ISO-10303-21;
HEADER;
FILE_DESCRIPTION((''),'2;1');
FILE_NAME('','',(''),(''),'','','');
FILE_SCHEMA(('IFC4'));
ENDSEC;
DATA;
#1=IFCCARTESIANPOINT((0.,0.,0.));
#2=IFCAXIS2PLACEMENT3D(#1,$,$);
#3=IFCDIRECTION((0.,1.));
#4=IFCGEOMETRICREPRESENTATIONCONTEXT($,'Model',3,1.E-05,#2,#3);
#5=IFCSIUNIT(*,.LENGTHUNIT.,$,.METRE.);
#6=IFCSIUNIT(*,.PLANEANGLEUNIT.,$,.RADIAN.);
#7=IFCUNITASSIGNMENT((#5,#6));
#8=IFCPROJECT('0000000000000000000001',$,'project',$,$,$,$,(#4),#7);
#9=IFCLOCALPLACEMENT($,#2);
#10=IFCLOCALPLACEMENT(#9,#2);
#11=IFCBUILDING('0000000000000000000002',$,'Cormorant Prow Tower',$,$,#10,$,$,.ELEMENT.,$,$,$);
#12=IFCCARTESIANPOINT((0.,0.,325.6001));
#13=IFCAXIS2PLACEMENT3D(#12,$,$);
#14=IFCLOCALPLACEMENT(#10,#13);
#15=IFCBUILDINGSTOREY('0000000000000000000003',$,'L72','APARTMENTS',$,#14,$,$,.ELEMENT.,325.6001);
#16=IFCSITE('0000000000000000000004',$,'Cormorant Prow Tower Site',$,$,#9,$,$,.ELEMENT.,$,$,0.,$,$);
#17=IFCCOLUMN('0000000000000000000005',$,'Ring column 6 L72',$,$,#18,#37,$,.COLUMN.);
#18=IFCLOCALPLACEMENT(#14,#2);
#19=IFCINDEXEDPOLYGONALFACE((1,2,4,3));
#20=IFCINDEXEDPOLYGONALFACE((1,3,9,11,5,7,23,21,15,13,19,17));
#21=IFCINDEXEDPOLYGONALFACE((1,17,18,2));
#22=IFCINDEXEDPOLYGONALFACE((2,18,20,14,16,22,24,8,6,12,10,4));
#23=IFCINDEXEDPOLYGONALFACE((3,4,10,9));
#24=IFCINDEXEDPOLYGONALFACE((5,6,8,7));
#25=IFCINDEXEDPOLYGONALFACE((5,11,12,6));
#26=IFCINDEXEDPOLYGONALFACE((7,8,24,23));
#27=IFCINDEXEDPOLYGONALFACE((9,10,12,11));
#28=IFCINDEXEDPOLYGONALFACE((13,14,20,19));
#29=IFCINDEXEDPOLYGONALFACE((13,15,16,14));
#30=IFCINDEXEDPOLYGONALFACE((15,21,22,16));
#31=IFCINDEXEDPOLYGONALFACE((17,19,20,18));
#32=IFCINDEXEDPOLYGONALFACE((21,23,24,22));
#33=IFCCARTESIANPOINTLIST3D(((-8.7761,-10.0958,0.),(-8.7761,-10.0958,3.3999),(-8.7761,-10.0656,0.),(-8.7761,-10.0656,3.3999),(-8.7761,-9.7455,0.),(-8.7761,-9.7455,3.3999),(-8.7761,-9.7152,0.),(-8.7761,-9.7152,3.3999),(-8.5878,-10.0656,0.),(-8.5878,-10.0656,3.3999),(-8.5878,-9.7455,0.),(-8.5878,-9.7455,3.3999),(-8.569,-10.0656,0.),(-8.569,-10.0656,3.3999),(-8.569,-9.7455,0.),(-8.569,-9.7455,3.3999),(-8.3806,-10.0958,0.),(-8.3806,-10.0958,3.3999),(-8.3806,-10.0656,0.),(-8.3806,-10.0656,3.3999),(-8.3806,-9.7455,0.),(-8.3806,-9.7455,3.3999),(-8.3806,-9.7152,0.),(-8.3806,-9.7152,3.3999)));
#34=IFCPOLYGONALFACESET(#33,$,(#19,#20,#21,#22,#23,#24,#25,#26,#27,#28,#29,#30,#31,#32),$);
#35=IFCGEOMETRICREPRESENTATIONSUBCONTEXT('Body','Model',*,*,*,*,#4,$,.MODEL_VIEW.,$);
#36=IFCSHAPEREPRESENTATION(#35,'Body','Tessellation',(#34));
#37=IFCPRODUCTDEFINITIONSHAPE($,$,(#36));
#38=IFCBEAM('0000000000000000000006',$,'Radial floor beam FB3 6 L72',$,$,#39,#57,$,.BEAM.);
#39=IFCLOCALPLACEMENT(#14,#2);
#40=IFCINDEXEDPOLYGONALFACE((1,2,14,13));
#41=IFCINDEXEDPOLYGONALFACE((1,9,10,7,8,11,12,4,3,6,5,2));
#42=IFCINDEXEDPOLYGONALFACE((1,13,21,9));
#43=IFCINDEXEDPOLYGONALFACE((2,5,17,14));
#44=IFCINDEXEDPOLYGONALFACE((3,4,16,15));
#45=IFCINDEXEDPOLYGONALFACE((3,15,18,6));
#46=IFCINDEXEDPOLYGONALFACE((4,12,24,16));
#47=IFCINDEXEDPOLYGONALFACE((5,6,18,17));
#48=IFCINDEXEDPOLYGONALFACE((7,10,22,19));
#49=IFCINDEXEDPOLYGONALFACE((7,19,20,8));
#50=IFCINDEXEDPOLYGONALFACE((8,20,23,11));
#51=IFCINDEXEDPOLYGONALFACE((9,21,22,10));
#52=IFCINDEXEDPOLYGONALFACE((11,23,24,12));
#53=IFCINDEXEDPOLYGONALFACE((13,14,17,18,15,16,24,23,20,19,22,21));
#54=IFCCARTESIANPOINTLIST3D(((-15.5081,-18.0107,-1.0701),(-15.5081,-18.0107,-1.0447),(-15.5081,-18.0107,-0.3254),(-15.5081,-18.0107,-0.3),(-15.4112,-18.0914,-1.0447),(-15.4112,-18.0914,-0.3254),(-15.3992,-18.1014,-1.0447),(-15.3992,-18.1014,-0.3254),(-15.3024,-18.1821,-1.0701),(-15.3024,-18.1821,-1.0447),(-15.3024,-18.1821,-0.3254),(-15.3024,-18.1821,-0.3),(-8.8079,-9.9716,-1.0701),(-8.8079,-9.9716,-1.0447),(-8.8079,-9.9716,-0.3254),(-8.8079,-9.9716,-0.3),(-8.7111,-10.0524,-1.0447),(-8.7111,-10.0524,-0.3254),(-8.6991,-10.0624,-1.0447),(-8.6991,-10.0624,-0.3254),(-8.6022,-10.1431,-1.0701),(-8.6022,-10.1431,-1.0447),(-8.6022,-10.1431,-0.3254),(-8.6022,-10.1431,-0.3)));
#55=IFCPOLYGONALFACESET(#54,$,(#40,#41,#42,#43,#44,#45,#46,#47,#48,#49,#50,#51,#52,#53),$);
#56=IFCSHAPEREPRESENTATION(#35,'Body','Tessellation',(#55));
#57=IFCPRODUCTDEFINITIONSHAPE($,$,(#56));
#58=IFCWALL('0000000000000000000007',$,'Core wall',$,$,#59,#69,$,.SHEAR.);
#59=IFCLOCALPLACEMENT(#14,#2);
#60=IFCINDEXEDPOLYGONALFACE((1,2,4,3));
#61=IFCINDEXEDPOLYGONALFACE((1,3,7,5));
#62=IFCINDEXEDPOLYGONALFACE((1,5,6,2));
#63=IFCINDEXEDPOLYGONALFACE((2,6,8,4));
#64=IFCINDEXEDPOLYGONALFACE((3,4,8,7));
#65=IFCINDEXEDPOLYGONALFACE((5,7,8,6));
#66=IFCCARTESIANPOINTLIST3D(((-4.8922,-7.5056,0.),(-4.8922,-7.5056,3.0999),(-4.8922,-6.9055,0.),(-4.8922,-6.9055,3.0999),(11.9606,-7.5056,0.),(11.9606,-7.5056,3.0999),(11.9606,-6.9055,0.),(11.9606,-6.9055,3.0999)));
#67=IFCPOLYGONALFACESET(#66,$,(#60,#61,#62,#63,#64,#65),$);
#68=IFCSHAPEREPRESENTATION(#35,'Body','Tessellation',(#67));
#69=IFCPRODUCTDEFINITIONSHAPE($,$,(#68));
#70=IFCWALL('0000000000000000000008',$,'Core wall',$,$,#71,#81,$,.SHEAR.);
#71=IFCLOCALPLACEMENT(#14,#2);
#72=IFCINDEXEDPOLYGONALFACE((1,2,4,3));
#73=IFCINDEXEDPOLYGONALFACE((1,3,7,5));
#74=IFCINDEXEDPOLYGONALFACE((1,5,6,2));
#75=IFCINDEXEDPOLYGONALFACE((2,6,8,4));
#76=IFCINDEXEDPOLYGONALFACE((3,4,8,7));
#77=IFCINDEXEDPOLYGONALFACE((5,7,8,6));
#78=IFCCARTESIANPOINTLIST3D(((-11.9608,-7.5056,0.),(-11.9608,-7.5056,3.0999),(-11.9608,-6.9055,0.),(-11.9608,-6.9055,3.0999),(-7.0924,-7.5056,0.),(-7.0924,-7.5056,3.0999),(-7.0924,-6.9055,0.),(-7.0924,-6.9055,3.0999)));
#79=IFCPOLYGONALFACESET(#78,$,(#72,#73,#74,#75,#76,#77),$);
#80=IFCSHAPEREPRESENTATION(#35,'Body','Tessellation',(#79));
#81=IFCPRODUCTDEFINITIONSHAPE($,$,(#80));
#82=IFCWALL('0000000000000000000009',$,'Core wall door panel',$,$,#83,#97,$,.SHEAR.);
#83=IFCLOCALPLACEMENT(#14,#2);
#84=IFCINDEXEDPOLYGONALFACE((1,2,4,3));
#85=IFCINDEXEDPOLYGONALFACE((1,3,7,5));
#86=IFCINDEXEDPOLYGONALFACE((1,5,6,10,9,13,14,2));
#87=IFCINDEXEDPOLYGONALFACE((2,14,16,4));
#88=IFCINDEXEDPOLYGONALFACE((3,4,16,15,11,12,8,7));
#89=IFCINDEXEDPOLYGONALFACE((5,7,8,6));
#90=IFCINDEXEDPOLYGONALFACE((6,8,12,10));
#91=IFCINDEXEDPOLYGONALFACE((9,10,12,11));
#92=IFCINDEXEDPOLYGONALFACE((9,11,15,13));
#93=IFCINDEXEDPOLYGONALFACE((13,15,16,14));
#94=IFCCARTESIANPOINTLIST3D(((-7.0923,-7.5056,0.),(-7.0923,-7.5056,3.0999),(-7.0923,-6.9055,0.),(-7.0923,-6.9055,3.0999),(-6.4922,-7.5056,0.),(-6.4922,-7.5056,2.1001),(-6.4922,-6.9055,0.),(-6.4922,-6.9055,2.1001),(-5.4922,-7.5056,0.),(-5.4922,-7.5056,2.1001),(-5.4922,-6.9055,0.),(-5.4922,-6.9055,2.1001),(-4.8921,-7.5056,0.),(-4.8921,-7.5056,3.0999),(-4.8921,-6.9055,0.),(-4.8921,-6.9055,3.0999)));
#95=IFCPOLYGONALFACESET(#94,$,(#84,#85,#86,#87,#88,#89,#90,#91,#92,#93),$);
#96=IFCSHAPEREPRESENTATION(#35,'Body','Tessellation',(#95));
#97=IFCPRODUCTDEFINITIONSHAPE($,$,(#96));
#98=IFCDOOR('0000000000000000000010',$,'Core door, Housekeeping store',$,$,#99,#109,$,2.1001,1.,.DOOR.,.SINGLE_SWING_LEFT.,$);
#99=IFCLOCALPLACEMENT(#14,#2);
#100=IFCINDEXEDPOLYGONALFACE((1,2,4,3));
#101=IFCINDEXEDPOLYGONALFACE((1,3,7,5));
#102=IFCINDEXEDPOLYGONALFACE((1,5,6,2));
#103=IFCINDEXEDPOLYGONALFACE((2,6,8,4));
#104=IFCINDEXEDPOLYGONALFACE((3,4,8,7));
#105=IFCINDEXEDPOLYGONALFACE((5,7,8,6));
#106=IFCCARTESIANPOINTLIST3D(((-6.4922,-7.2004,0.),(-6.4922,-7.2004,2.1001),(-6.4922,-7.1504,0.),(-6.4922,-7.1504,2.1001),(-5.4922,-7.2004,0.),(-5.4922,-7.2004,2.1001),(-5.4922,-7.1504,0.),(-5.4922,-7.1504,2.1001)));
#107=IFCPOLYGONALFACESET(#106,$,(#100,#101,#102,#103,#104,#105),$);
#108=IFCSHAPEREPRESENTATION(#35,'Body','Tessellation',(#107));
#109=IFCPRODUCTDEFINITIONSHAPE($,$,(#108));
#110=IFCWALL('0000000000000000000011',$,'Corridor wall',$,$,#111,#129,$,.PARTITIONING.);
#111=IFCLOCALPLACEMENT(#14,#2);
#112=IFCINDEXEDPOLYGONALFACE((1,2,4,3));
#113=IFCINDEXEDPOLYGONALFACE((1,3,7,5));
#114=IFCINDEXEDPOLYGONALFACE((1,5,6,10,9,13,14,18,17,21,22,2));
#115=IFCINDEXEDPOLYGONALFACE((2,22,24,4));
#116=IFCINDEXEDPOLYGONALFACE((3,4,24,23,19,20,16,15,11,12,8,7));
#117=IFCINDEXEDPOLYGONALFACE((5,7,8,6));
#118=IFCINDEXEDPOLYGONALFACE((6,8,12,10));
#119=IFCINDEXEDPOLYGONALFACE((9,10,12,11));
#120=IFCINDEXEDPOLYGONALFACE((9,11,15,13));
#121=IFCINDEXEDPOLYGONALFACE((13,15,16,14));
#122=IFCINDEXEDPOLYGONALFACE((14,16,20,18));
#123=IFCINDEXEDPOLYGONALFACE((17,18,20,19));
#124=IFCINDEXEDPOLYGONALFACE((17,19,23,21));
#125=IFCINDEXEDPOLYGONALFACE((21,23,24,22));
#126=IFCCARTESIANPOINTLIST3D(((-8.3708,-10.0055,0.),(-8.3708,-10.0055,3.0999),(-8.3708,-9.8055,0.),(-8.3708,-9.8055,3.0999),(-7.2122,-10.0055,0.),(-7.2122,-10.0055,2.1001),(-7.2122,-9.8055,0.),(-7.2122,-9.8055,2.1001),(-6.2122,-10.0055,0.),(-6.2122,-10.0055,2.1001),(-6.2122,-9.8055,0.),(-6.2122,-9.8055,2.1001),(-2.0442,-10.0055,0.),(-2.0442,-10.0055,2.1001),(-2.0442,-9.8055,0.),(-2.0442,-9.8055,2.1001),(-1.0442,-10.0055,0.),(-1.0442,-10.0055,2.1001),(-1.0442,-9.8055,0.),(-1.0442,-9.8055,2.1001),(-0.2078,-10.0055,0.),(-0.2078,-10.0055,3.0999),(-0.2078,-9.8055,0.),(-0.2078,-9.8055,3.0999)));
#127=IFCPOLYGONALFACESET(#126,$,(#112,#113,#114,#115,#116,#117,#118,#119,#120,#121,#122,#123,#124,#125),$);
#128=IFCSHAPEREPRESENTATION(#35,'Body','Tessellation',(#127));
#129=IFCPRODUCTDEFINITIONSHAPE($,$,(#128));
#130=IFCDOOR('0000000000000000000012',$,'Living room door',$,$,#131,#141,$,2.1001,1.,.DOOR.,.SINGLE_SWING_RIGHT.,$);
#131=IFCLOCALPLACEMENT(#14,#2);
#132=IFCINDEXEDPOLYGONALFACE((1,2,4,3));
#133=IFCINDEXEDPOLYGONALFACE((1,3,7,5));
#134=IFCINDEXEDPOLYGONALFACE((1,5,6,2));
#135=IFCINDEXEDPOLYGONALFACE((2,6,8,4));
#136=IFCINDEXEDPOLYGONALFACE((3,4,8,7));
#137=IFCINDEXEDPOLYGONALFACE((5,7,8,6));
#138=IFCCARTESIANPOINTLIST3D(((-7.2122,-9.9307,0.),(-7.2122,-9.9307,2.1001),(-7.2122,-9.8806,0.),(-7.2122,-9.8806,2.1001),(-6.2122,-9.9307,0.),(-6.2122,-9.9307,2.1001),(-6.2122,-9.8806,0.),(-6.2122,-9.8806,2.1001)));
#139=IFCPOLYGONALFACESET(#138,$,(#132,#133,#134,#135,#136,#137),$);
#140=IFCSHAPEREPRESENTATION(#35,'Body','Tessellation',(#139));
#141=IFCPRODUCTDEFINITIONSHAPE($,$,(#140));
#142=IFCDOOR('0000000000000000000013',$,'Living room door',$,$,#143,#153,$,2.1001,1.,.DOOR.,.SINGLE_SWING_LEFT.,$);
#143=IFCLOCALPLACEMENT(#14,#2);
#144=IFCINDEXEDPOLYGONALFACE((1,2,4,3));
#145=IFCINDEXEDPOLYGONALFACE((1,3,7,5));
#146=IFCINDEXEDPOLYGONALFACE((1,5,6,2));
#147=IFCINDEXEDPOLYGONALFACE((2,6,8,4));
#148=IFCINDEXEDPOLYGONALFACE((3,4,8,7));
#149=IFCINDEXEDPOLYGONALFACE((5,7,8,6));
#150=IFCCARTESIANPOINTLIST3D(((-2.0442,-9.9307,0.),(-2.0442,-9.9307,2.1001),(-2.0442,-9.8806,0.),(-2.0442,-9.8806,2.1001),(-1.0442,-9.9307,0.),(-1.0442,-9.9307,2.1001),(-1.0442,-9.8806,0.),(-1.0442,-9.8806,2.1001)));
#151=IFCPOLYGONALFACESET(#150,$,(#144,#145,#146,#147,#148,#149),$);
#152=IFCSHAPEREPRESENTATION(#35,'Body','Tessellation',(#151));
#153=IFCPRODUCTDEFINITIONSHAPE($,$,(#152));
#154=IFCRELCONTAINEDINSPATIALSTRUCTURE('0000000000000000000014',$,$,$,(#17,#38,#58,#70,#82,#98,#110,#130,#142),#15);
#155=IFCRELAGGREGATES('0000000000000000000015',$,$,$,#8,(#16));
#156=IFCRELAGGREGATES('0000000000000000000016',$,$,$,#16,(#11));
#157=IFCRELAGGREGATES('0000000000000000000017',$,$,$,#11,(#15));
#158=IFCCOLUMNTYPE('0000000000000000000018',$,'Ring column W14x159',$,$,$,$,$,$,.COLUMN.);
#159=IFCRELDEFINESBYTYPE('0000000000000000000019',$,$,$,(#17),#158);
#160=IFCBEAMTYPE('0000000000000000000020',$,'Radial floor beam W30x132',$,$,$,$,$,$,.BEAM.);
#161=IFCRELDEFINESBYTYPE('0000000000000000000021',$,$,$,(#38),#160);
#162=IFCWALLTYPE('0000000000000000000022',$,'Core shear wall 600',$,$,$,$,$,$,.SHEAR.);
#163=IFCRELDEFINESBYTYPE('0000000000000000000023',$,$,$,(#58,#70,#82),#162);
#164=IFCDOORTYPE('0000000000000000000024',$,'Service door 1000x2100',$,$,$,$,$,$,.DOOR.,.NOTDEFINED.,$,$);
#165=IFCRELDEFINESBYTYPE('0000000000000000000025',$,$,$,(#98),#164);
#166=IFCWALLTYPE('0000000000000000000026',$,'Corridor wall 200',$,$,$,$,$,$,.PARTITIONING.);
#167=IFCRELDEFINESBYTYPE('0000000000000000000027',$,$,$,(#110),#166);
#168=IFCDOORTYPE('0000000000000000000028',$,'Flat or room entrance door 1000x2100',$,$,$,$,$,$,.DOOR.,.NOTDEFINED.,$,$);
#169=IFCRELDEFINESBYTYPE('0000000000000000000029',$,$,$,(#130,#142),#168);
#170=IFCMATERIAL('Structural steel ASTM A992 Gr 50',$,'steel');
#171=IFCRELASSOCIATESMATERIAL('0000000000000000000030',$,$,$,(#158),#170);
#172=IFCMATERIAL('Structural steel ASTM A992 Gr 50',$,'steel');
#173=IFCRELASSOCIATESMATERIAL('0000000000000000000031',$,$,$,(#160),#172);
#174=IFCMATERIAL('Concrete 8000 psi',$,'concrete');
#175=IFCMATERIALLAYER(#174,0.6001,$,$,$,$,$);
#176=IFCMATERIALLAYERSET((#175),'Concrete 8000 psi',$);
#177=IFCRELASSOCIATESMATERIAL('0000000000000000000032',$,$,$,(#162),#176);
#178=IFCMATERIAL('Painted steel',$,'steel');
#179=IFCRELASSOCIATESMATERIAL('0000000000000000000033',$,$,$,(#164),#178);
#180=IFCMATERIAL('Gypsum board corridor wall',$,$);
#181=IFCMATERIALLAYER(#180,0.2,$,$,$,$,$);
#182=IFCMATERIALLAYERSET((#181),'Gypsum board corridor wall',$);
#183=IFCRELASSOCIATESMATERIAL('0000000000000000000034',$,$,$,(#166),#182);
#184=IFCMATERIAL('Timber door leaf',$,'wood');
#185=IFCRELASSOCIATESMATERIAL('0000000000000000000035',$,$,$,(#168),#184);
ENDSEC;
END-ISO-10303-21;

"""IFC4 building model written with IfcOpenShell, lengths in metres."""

from ifc_helpers import new_model, si_unit, direction, frame, frame_2d, origin, origin_2d, place, context, subcontext, project, spatial, rectangle, i_section, extrude, material, layer, layer_set, material_profile, profile_set, type_object, element, fill, save


model = new_model("IFC4")

# Units and contexts
model_context = context("Model", 3, precision=1e-05, world=origin(), true_north=direction((0.0, 1.0)))
body_context = subcontext(model_context, "Body", "Model", "MODEL_VIEW")
ifc_project = project(units=[si_unit("LENGTHUNIT", "METRE"), si_unit("PLANEANGLEUNIT", "RADIAN")], contexts=[model_context])

# Site, building, storey
site_placement = place(None, origin())
site = spatial("IfcSite", under=ifc_project, at=site_placement, Name="Cormorant Prow Tower Site", CompositionType="ELEMENT", RefElevation=0.0)
building_placement = place(site_placement, origin())
building = spatial("IfcBuilding", under=site, at=building_placement, Name="Cormorant Prow Tower", CompositionType="ELEMENT")
storey_placement = place(building_placement, frame((0.0, 0.0, 325.6001)))
storey = spatial("IfcBuildingStorey", under=building, at=storey_placement, Name="L72", Description="APARTMENTS", CompositionType="ELEMENT", Elevation=325.6001)

# Column
ifc_material_1 = material(Name="Structural steel ASTM A992 Gr 50", Category="steel")
ifc_material_profile_1 = material_profile(ifc_material_1, i_section(OverallWidth=0.3955, OverallDepth=0.3806, WebThickness=0.0188, FlangeThickness=0.0303, at=origin_2d()), Name="W14x159")
ifc_profile_set_1 = profile_set([ifc_material_profile_1], Name="Structural steel ASTM A992 Gr 50")
column_type = type_object("IfcColumnType", Name="Ring column W14x159", PredefinedType="COLUMN", material=ifc_profile_set_1)
column_placement = place(storey_placement, frame((-8.5784, -9.9055, 0.0), z_axis=(0.0, 0.0, 1.0), x_axis=(1.0, 0.0, 0.0)))
element("IfcColumn", 1, at=column_placement, inside=storey, type_object=column_type, Name="Ring column 6 L72", PredefinedType="COLUMN", context=body_context, shape_type="SweptSolid", body=[
    extrude(i_section(OverallWidth=0.3955, OverallDepth=0.3806, WebThickness=0.0188, FlangeThickness=0.0303, at=origin_2d()), origin(), (0.0, 0.0, 1.0), 3.3999),
])

# Beam
ifc_material_2 = material(Name="Structural steel ASTM A992 Gr 50", Category="steel")
ifc_material_profile_2 = material_profile(ifc_material_2, i_section(OverallWidth=0.2678, OverallDepth=0.77, WebThickness=0.0156, FlangeThickness=0.0254, at=origin_2d()), Name="W30x132")
ifc_profile_set_2 = profile_set([ifc_material_profile_2], Name="Structural steel ASTM A992 Gr 50")
beam_type = type_object("IfcBeamType", Name="Radial floor beam W30x132", PredefinedType="BEAM", material=ifc_profile_set_2)
beam_placement = place(storey_placement, frame((-8.7051, -10.0574, -0.6851), z_axis=(-0.640239, -0.768175, 0.0), x_axis=(0.768175, -0.640239, 0.0)))
element("IfcBeam", 2, at=beam_placement, inside=storey, type_object=beam_type, Name="Radial floor beam FB3 6 L72", PredefinedType="BEAM", context=body_context, shape_type="SweptSolid", body=[
    extrude(i_section(OverallWidth=0.2678, OverallDepth=0.77, WebThickness=0.0156, FlangeThickness=0.0254, at=origin_2d()), origin(), (0.0, 0.0, 1.0), 10.4651),
])

# Walls
ifc_material_3 = material(Name="Concrete 8000 psi", Category="concrete")
ifc_layer_1 = layer(ifc_material_3, 0.6001)
ifc_layer_set_1 = layer_set([ifc_layer_1], Name="Concrete 8000 psi")
wall_type_1 = type_object("IfcWallType", Name="Core shear wall 600", PredefinedType="SHEAR", material=ifc_layer_set_1)
wall_1_placement = place(storey_placement, frame((-4.8921, -7.2056, 0.0), z_axis=(0.0, 0.0, 1.0), x_axis=(1.0, 0.0, 0.0)))
element("IfcWall", 3, at=wall_1_placement, inside=storey, type_object=wall_type_1, Name="Core wall", PredefinedType="SHEAR", context=body_context, shape_type="SweptSolid", body=[
    extrude(rectangle(XDim=16.8528, YDim=0.6001, at=frame_2d((8.4263, 0.0))), origin(), (0.0, 0.0, 1.0), 3.0999),
])
wall_2_placement = place(storey_placement, frame((-11.9607, -7.2056, 0.0), z_axis=(0.0, 0.0, 1.0), x_axis=(1.0, 0.0, 0.0)))
element("IfcWall", 4, at=wall_2_placement, inside=storey, type_object=wall_type_1, Name="Core wall", PredefinedType="SHEAR", context=body_context, shape_type="SweptSolid", body=[
    extrude(rectangle(XDim=4.8684, YDim=0.6001, at=frame_2d((2.4341, 0.0))), origin(), (0.0, 0.0, 1.0), 3.0999),
])

# Wall, opening, door
wall_3_placement = place(storey_placement, frame((-7.0923, -7.2056, 0.0), z_axis=(0.0, 0.0, 1.0), x_axis=(1.0, 0.0, 0.0)))
wall_3 = element("IfcWall", 5, at=wall_3_placement, inside=storey, type_object=wall_type_1, Name="Core wall door panel", PredefinedType="SHEAR", context=body_context, shape_type="SweptSolid", body=[
    extrude(rectangle(XDim=2.2002, YDim=0.6001, at=frame_2d((1.1001, 0.0))), origin(), (0.0, 0.0, 1.0), 3.0999),
])
opening_1_placement = place(wall_3_placement, frame((0.6001, 0.0, 0.0)))
opening_1 = element("IfcOpeningElement", 6, at=opening_1_placement, cuts=wall_3, PredefinedType="OPENING", context=body_context, shape_type="SweptSolid", body=[
    extrude(rectangle(XDim=1.0, YDim=2.1001, at=frame_2d((0.5, 1.05))), frame((0.0, 0.3101, 0.0), z_axis=(0.0, -1.0, 0.0), x_axis=(1.0, 0.0, 0.0)), (0.0, 0.0, 1.0), 0.6201),
])
ifc_material_4 = material(Name="Painted steel", Category="steel")
door_type_1 = type_object("IfcDoorType", Name="Service door 1000x2100", OperationType="NOTDEFINED", PredefinedType="DOOR", material=ifc_material_4)
door_1_placement = place(opening_1_placement, origin())
door_1 = element("IfcDoor", 7, at=door_1_placement, inside=storey, type_object=door_type_1, Name="Core door, Housekeeping store", OperationType="SINGLE_SWING_LEFT", OverallHeight=2.1001, OverallWidth=1.0, PredefinedType="DOOR", context=body_context, shape_type="SweptSolid", body=[
    extrude(rectangle(XDim=1.0, YDim=2.1001, at=frame_2d((0.5, 1.05))), frame((0.0, 0.0552, 0.0), z_axis=(0.0, -1.0, 0.0), x_axis=(1.0, 0.0, 0.0)), (0.0, 0.0, 1.0), 0.05),
])
fill(opening_1, door_1)

# Wall, openings, doors
ifc_material_5 = material(Name="Gypsum board corridor wall")
ifc_layer_2 = layer(ifc_material_5, 0.2)
ifc_layer_set_2 = layer_set([ifc_layer_2], Name="Gypsum board corridor wall")
wall_type_2 = type_object("IfcWallType", Name="Corridor wall 200", PredefinedType="PARTITIONING", material=ifc_layer_set_2)
wall_4_placement = place(storey_placement, frame((-8.3708, -9.9055, 0.0), z_axis=(0.0, 0.0, 1.0), x_axis=(1.0, 0.0, 0.0)))
wall_4 = element("IfcWall", 8, at=wall_4_placement, inside=storey, type_object=wall_type_2, Name="Corridor wall", PredefinedType="PARTITIONING", context=body_context, shape_type="SweptSolid", body=[
    extrude(rectangle(XDim=8.1631, YDim=0.2, at=frame_2d((4.0815, 0.0))), origin(), (0.0, 0.0, 1.0), 3.0999),
])
opening_2_placement = place(wall_4_placement, frame((1.1587, 0.0, 0.0)))
opening_2 = element("IfcOpeningElement", 9, at=opening_2_placement, cuts=wall_4, PredefinedType="OPENING", context=body_context, shape_type="SweptSolid", body=[
    extrude(rectangle(XDim=1.0, YDim=2.1001, at=frame_2d((0.5, 1.05))), frame((0.0, 0.1099, 0.0), z_axis=(0.0, -1.0, 0.0), x_axis=(1.0, 0.0, 0.0)), (0.0, 0.0, 1.0), 0.22),
])
opening_3_placement = place(wall_4_placement, frame((6.3267, 0.0, 0.0)))
opening_3 = element("IfcOpeningElement", 10, at=opening_3_placement, cuts=wall_4, PredefinedType="OPENING", context=body_context, shape_type="SweptSolid", body=[
    extrude(rectangle(XDim=1.0, YDim=2.1001, at=frame_2d((0.5, 1.05))), frame((0.0, 0.1099, 0.0), z_axis=(0.0, -1.0, 0.0), x_axis=(1.0, 0.0, 0.0)), (0.0, 0.0, 1.0), 0.22),
])
ifc_material_6 = material(Name="Timber door leaf", Category="wood")
door_type_2 = type_object("IfcDoorType", Name="Flat or room entrance door 1000x2100", OperationType="NOTDEFINED", PredefinedType="DOOR", material=ifc_material_6)
door_2_placement = place(opening_2_placement, origin())
door_2 = element("IfcDoor", 11, at=door_2_placement, inside=storey, type_object=door_type_2, Name="Living room door", OperationType="SINGLE_SWING_RIGHT", OverallHeight=2.1001, OverallWidth=1.0, PredefinedType="DOOR", context=body_context, shape_type="SweptSolid", body=[
    extrude(rectangle(XDim=1.0, YDim=2.1001, at=frame_2d((0.5, 1.05))), frame((0.0, 0.0249, 0.0), z_axis=(0.0, -1.0, 0.0), x_axis=(1.0, 0.0, 0.0)), (0.0, 0.0, 1.0), 0.05),
])
fill(opening_2, door_2)
door_3_placement = place(opening_3_placement, origin())
door_3 = element("IfcDoor", 12, at=door_3_placement, inside=storey, type_object=door_type_2, Name="Living room door", OperationType="SINGLE_SWING_LEFT", OverallHeight=2.1001, OverallWidth=1.0, PredefinedType="DOOR", context=body_context, shape_type="SweptSolid", body=[
    extrude(rectangle(XDim=1.0, YDim=2.1001, at=frame_2d((0.5, 1.05))), frame((0.0, 0.0249, 0.0), z_axis=(0.0, -1.0, 0.0), x_axis=(1.0, 0.0, 0.0)), (0.0, 0.0, 1.0), 0.05),
])
fill(opening_3, door_3)

save(model, "model.ifc")
